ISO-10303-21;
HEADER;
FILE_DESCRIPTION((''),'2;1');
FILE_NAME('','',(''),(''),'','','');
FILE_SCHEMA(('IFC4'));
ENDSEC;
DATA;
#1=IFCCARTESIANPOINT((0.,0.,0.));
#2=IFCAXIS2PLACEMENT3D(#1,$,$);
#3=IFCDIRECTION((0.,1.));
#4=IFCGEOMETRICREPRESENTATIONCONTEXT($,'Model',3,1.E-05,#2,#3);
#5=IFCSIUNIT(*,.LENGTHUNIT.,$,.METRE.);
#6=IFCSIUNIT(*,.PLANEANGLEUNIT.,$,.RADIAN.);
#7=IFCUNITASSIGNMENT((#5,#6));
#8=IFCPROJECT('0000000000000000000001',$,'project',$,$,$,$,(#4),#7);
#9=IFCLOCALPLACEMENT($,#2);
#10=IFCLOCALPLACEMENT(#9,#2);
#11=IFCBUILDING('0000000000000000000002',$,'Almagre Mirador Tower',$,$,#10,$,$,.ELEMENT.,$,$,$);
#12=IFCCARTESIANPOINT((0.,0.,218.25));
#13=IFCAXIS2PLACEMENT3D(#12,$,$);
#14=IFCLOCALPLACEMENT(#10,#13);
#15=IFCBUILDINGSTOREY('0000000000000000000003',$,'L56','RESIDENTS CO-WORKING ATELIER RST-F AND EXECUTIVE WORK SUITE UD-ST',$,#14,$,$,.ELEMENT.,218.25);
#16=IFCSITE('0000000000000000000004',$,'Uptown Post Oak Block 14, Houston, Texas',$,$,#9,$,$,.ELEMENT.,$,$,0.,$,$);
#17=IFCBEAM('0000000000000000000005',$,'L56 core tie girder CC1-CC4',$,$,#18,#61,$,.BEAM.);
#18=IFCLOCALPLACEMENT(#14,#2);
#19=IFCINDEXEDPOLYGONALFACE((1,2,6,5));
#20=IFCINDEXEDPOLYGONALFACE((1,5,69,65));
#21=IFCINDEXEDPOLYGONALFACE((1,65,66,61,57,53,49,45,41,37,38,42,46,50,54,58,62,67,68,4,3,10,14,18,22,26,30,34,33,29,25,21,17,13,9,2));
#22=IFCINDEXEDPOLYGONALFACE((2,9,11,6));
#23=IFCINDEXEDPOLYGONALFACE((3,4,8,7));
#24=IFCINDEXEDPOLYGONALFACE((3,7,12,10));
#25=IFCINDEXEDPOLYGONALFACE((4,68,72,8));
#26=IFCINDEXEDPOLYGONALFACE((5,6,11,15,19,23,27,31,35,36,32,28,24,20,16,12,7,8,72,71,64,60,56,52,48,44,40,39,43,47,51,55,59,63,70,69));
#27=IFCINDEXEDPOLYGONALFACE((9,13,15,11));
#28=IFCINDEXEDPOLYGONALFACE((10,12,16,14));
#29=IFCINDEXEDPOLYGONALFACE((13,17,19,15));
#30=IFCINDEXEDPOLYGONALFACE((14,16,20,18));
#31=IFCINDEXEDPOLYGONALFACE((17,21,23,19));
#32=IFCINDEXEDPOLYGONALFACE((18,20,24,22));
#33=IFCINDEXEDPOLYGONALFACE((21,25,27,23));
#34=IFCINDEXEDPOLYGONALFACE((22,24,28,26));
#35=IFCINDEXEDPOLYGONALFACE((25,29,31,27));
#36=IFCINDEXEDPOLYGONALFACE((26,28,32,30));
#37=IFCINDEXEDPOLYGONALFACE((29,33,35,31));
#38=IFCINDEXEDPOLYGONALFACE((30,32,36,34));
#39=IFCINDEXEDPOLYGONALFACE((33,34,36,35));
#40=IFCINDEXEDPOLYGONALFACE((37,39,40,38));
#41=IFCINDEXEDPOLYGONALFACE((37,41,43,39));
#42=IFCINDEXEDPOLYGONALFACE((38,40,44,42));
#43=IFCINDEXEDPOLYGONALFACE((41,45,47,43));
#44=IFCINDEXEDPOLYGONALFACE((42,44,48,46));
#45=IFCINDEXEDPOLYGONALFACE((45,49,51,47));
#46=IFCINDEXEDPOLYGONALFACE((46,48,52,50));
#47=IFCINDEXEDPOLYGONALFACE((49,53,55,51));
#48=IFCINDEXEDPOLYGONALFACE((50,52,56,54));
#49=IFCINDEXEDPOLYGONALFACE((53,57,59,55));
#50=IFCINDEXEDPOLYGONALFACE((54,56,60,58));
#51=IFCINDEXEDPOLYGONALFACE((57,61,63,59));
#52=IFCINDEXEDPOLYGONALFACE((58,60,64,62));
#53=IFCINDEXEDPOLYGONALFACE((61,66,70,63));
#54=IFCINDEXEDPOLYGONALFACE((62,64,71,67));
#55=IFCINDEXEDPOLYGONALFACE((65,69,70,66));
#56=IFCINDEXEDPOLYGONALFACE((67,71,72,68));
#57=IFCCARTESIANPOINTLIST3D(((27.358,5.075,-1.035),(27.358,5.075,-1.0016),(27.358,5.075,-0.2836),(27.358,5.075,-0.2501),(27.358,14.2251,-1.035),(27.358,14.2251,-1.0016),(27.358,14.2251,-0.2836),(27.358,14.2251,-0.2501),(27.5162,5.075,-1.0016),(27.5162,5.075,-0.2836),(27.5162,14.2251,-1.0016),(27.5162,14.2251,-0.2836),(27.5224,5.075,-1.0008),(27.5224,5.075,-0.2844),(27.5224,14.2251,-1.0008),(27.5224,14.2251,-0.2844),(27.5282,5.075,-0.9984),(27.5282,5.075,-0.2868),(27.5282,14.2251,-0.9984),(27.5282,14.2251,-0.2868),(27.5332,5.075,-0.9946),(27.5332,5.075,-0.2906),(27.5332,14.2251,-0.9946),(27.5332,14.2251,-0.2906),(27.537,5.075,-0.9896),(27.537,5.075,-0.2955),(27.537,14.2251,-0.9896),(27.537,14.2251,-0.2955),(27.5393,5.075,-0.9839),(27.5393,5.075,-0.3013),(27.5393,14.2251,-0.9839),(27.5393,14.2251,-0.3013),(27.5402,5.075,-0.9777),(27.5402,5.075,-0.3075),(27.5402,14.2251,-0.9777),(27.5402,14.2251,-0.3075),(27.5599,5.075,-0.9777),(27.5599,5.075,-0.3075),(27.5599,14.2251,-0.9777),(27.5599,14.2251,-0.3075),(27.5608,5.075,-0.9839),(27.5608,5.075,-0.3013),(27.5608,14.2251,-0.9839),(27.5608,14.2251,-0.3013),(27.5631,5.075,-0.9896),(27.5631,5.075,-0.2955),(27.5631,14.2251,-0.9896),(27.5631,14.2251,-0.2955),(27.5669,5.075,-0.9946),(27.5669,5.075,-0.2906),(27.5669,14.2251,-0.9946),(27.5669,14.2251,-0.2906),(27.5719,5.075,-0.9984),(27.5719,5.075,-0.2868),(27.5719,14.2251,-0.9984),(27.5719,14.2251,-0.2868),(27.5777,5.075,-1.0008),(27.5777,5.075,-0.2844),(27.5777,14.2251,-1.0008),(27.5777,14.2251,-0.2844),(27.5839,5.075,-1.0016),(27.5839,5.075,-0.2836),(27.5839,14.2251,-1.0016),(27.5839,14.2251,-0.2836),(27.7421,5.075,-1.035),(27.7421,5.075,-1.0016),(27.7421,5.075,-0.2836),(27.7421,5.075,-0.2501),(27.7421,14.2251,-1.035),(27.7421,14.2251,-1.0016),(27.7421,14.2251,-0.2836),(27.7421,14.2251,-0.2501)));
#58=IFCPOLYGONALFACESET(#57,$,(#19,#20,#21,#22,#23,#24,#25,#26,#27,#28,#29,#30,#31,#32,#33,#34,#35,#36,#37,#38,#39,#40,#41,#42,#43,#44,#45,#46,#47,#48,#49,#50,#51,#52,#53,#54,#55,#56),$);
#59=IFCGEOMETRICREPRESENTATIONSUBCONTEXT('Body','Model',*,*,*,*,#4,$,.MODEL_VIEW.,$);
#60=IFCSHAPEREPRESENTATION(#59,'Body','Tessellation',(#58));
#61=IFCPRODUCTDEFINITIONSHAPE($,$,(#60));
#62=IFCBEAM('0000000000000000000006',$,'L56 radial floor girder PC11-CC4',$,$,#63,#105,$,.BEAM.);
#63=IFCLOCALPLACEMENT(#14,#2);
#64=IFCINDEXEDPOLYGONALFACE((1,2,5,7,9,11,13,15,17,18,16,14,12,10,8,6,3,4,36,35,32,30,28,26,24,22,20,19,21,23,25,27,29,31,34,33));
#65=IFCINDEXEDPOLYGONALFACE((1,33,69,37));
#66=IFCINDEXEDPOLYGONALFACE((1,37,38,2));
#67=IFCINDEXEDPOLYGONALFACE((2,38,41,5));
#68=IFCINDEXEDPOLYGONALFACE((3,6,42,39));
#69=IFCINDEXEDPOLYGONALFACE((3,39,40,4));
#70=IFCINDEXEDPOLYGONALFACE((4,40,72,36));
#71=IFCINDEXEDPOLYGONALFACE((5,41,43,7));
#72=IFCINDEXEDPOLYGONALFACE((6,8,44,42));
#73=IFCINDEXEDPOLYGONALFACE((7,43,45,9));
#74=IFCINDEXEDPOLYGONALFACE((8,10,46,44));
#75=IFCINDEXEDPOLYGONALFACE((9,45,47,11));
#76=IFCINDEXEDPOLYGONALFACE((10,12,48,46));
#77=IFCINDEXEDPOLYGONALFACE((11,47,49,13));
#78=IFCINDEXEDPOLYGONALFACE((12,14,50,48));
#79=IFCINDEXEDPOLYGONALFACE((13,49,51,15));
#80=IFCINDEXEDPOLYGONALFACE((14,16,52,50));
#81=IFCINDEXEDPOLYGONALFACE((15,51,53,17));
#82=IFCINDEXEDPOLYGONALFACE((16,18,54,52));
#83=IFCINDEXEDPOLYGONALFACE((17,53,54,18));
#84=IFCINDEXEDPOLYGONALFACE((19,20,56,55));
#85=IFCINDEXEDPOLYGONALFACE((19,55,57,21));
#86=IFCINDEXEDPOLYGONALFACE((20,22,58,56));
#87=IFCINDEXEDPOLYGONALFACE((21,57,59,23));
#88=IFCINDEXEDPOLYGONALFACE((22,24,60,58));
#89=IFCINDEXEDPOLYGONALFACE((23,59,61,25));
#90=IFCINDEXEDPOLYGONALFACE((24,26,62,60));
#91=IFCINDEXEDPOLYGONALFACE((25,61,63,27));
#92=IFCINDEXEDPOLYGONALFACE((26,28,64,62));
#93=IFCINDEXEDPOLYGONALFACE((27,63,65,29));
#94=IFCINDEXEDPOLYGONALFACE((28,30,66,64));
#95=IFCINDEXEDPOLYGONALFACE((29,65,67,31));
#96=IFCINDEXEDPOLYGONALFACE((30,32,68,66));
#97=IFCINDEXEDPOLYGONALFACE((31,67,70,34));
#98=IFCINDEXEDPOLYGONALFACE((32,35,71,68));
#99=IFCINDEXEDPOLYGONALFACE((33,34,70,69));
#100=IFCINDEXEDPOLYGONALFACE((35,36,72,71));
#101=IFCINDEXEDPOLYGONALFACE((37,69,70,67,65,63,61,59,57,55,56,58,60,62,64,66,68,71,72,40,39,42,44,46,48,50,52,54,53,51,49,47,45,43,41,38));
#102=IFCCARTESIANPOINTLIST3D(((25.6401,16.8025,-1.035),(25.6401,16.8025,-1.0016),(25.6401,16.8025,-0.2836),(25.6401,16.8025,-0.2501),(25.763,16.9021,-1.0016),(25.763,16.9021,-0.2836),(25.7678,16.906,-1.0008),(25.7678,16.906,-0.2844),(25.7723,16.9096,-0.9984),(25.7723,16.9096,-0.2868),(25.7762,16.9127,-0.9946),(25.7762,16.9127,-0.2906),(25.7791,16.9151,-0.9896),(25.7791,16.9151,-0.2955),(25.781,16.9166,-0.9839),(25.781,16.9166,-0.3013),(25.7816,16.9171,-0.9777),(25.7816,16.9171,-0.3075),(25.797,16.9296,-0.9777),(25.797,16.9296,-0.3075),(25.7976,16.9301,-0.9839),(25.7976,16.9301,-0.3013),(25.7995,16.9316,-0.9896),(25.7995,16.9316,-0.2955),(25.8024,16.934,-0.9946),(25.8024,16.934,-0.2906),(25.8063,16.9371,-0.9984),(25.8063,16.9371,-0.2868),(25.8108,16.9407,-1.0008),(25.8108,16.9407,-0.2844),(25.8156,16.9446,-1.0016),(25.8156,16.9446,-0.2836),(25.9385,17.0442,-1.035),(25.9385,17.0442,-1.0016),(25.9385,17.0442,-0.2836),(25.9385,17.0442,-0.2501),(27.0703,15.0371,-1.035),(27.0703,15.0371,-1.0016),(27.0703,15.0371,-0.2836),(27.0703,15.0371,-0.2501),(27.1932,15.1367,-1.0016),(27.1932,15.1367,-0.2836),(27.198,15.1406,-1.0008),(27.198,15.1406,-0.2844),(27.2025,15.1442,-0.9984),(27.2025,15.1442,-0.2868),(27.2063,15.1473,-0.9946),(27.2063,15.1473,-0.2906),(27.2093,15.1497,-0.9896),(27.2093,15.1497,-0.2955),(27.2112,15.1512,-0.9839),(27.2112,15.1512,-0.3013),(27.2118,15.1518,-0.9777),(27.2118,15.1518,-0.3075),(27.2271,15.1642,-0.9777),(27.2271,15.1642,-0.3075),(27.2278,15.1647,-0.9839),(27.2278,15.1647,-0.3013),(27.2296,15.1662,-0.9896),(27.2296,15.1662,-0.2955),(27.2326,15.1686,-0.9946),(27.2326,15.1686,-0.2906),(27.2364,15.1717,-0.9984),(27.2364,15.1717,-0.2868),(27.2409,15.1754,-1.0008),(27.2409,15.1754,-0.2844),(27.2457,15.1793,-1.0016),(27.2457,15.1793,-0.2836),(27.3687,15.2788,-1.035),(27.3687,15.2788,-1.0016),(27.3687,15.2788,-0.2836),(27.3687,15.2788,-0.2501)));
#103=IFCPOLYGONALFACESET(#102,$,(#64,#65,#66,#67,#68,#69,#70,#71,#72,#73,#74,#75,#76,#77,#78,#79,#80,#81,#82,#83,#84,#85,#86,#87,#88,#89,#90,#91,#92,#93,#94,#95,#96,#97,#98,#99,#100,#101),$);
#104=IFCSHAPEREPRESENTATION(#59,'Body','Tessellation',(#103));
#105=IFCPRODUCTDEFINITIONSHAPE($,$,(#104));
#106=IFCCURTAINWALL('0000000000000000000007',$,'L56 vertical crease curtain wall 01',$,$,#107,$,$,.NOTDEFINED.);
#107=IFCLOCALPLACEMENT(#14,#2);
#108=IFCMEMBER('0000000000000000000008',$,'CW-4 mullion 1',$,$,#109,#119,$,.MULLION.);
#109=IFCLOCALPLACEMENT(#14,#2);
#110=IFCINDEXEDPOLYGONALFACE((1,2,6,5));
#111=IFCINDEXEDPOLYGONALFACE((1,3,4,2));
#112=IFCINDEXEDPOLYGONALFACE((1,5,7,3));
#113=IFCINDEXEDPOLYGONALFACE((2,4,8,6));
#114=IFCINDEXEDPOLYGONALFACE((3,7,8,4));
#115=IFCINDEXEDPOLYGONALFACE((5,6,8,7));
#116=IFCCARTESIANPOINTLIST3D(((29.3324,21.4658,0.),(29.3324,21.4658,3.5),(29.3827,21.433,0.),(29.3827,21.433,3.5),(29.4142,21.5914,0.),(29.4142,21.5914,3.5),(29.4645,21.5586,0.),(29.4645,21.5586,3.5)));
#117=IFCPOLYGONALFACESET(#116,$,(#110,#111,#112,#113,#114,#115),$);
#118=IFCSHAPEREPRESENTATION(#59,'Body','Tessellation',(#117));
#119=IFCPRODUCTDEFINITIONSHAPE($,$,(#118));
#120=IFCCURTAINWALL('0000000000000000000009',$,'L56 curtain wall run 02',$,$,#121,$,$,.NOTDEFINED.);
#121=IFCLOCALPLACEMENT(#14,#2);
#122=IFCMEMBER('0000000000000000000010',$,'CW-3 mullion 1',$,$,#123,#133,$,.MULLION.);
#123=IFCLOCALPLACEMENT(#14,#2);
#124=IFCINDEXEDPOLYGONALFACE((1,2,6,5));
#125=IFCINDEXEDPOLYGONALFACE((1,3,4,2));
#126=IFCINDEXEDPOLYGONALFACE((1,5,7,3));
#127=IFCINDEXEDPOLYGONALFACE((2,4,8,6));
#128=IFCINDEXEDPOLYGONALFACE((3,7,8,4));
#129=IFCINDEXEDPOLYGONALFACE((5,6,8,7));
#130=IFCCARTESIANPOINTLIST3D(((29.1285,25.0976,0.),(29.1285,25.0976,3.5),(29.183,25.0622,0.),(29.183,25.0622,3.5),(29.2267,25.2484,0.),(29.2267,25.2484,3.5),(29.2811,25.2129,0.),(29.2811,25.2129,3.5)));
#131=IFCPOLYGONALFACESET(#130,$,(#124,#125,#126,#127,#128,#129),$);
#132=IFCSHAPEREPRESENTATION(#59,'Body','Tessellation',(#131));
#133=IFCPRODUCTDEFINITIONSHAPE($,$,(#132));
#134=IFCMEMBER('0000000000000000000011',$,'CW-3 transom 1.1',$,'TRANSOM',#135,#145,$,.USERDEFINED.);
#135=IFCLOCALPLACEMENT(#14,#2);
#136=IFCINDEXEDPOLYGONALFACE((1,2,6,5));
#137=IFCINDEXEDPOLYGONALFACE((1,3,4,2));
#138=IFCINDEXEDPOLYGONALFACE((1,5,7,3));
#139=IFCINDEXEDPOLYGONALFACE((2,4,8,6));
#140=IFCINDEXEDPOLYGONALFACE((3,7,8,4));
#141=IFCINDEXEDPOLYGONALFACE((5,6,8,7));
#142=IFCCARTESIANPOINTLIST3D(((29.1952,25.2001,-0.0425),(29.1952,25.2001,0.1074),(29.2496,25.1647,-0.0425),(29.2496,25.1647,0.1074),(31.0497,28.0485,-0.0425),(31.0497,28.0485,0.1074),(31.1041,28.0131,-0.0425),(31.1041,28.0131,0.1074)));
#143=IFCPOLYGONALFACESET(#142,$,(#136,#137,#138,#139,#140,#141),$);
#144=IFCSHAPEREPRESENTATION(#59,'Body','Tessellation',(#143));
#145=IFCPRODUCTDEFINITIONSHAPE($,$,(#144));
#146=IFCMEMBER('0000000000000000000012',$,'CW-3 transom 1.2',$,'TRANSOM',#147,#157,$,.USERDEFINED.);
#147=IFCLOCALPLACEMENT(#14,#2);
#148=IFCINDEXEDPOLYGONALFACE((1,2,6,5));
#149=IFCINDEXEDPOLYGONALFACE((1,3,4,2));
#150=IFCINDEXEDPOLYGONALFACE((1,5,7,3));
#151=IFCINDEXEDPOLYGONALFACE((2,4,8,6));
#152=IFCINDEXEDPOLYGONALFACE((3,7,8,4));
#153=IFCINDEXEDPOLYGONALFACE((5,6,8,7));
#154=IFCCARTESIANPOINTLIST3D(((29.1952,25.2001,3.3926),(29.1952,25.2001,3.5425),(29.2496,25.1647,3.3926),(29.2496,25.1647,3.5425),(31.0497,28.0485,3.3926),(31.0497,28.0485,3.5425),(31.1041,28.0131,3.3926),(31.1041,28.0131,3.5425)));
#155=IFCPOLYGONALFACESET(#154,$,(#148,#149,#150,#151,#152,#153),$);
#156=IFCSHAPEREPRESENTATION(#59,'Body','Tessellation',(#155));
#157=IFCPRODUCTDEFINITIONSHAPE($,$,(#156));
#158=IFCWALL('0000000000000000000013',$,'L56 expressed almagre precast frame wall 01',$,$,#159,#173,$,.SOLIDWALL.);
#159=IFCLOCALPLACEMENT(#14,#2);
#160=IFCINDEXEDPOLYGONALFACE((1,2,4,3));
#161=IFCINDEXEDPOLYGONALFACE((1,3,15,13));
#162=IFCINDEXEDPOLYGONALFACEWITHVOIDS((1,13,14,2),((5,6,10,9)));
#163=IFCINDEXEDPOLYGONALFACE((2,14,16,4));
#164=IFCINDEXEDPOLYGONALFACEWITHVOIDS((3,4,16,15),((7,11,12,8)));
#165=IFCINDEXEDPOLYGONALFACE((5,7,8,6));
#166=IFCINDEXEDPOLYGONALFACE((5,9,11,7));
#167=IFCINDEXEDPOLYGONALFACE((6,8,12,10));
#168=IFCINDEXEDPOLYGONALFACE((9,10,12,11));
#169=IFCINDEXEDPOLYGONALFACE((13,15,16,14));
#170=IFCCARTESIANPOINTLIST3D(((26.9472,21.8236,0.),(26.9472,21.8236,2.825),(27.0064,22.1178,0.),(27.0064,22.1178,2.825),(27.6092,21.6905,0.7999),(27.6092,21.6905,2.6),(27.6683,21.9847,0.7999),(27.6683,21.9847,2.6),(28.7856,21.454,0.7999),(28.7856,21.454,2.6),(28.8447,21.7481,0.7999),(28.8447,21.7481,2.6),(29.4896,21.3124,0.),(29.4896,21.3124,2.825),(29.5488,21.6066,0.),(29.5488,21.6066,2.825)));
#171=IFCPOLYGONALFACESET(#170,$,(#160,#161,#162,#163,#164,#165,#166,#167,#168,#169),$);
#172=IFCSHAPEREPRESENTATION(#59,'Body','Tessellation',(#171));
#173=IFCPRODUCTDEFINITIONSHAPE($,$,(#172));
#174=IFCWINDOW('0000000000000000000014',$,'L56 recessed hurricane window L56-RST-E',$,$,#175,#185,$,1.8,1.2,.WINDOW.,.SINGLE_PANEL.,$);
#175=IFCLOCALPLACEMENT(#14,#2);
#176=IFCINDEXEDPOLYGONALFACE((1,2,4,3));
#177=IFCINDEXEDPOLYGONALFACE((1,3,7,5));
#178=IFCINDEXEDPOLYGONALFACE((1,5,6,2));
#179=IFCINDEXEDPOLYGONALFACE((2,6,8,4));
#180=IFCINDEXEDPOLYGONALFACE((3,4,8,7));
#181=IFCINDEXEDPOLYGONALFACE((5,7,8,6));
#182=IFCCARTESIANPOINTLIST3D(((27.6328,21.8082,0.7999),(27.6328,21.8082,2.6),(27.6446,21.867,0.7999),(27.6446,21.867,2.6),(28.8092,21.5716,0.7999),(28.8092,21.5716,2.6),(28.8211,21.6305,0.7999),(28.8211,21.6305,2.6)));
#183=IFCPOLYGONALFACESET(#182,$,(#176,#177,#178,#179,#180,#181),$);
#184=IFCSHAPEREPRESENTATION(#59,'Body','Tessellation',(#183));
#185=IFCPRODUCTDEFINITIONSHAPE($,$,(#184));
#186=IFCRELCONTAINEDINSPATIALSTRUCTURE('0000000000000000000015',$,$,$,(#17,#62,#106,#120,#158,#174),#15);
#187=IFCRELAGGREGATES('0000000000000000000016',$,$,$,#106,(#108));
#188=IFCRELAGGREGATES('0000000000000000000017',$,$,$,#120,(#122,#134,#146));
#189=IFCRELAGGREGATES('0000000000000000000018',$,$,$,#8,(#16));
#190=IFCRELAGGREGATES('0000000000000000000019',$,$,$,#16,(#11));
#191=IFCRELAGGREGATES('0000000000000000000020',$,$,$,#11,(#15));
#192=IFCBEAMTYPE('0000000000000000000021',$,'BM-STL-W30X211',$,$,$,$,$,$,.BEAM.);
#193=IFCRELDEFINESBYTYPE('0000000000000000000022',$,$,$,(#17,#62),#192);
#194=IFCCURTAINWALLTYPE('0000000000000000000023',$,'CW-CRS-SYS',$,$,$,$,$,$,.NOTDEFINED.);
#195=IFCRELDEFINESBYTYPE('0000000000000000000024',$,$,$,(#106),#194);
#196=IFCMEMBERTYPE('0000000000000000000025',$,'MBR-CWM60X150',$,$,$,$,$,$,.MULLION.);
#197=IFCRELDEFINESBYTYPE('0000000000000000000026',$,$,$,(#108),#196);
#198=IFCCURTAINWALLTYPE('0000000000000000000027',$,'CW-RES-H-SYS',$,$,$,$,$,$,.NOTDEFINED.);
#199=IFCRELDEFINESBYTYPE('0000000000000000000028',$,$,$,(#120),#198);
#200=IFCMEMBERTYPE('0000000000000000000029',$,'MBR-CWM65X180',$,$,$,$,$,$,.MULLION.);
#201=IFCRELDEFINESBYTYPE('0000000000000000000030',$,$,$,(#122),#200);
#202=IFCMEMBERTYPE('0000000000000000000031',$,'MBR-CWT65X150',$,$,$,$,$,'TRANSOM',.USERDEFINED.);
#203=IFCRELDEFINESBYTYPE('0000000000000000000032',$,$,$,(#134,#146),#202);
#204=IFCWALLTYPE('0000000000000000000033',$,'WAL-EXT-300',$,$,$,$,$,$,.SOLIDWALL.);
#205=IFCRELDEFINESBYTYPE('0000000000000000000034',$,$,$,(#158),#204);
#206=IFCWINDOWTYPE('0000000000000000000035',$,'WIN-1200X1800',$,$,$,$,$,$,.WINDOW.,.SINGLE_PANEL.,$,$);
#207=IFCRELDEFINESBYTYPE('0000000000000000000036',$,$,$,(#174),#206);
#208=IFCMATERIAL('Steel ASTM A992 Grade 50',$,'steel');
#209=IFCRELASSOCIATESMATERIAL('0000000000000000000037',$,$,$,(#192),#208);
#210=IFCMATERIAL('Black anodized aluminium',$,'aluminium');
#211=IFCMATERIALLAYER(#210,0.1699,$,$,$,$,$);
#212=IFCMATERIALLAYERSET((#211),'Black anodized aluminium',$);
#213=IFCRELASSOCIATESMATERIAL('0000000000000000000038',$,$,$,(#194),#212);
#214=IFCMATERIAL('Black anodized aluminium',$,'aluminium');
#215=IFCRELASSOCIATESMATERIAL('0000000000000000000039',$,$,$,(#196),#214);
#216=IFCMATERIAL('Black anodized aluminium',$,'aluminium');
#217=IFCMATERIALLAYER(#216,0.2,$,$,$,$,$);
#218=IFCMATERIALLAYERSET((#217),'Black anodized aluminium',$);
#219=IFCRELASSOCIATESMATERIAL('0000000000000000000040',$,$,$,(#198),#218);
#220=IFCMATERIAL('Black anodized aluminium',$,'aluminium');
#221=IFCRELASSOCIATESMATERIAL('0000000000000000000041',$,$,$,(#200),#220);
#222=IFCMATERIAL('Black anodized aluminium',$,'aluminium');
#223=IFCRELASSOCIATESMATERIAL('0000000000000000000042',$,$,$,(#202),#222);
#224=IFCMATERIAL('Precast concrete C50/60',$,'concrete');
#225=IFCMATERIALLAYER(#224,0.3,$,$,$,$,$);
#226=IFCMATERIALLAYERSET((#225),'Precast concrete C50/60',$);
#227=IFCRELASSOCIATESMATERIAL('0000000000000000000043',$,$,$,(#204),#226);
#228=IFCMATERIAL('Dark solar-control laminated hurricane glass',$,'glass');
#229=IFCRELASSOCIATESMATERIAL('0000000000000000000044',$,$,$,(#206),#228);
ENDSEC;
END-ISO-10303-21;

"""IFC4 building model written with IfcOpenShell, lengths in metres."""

from ifc_helpers import new_model, si_unit, direction, frame, frame_2d, origin, origin_2d, place, context, subcontext, project, spatial, rectangle, i_section, extrude, material, layer, layer_set, material_profile, profile_set, type_object, element, fill, aggregate, save


model = new_model("IFC4")

# Units and contexts
model_context = context("Model", 3, precision=1e-05, world=origin(), true_north=direction((0.0, 1.0)))
body_context = subcontext(model_context, "Body", "Model", "MODEL_VIEW")
ifc_project = project(units=[si_unit("LENGTHUNIT", "METRE"), si_unit("PLANEANGLEUNIT", "RADIAN")], contexts=[model_context])

# Site, building, storey
site_placement = place(None, origin())
site = spatial("IfcSite", under=ifc_project, at=site_placement, Name="Uptown Post Oak Block 14, Houston, Texas", CompositionType="ELEMENT", RefElevation=0.0)
building_placement = place(site_placement, origin())
building = spatial("IfcBuilding", under=site, at=building_placement, Name="Almagre Mirador Tower", CompositionType="ELEMENT")
storey_placement = place(building_placement, frame((0.0, 0.0, 218.25)))
storey = spatial("IfcBuildingStorey", under=building, at=storey_placement, Name="L56", Description="RESIDENTS CO-WORKING ATELIER RST-F AND EXECUTIVE WORK SUITE UD-ST", CompositionType="ELEMENT", Elevation=218.25)

# Beams
ifc_material_1 = material(Name="Steel ASTM A992 Grade 50", Category="steel")
ifc_material_profile_1 = material_profile(ifc_material_1, i_section(OverallWidth=0.384, OverallDepth=0.7849, WebThickness=0.0198, FlangeThickness=0.0334, FilletRadius=0.0239, at=origin_2d()), Name="W30X211")
ifc_profile_set_1 = profile_set([ifc_material_profile_1], Name="Steel ASTM A992 Grade 50")
beam_type_1 = type_object("IfcBeamType", Name="BM-STL-W30X211", PredefinedType="BEAM", material=ifc_profile_set_1)
beam_1_placement = place(storey_placement, frame((27.55, 5.075, -0.6426), z_axis=(0.0, 1.0, 0.0), x_axis=(-1.0, 0.0, 0.0)))
element("IfcBeam", 1, at=beam_1_placement, inside=storey, type_object=beam_type_1, Name="L56 core tie girder CC1-CC4", PredefinedType="BEAM", context=body_context, shape_type="SweptSolid", body=[
    extrude(i_section(OverallWidth=0.384, OverallDepth=0.7849, WebThickness=0.0198, FlangeThickness=0.0334, FilletRadius=0.0239, at=origin_2d()), origin(), (0.0, 0.0, 1.0), 9.1501),
])
beam_2_placement = place(storey_placement, frame((25.7893, 16.9233, -0.6426), z_axis=(0.629479, -0.777017, 0.0), x_axis=(0.777017, 0.629479, 0.0)))
element("IfcBeam", 2, at=beam_2_placement, inside=storey, type_object=beam_type_1, Name="L56 radial floor girder PC11-CC4", PredefinedType="BEAM", context=body_context, shape_type="SweptSolid", body=[
    extrude(i_section(OverallWidth=0.384, OverallDepth=0.7849, WebThickness=0.0198, FlangeThickness=0.0334, FilletRadius=0.0239, at=origin_2d()), origin(), (0.0, 0.0, 1.0), 2.272),
])

# Curtain wall, member
ifc_material_2 = material(Name="Black anodized aluminium", Category="aluminium")
ifc_layer_1 = layer(ifc_material_2, 0.1699)
ifc_layer_set_1 = layer_set([ifc_layer_1], Name="Black anodized aluminium")
curtain_wall_type_1 = type_object("IfcCurtainWallType", Name="CW-CRS-SYS", PredefinedType="NOTDEFINED", material=ifc_layer_set_1)
curtain_wall_1_placement = place(storey_placement, origin())
curtain_wall_1 = element("IfcCurtainWall", 3, at=curtain_wall_1_placement, inside=storey, type_object=curtain_wall_type_1, Name="L56 vertical crease curtain wall 01", PredefinedType="NOTDEFINED")
ifc_material_3 = material(Name="Black anodized aluminium", Category="aluminium")
ifc_material_profile_2 = material_profile(ifc_material_3, rectangle(XDim=0.0601, YDim=0.1499, at=origin_2d()), Name="CWM60X150")
ifc_profile_set_2 = profile_set([ifc_material_profile_2], Name="Black anodized aluminium")
member_type_1 = type_object("IfcMemberType", Name="MBR-CWM60X150", PredefinedType="MULLION", material=ifc_profile_set_2)
member_1_placement = place(storey_placement, frame((29.3984, 21.5122, 0.0), z_axis=(0.0, 0.0, 1.0), x_axis=(-0.83782, 0.545947, 0.0)))
member_1 = element("IfcMember", 4, at=member_1_placement, type_object=member_type_1, Name="CW-4 mullion 1", PredefinedType="MULLION", context=body_context, shape_type="SweptSolid", body=[
    extrude(rectangle(XDim=0.0601, YDim=0.1499, at=origin_2d()), origin(), (0.0, 0.0, 1.0), 3.5),
])
aggregate(curtain_wall_1, [member_1])

# Curtain wall, members
ifc_material_4 = material(Name="Black anodized aluminium", Category="aluminium")
ifc_layer_2 = layer(ifc_material_4, 0.2)
ifc_layer_set_2 = layer_set([ifc_layer_2], Name="Black anodized aluminium")
curtain_wall_type_2 = type_object("IfcCurtainWallType", Name="CW-RES-H-SYS", PredefinedType="NOTDEFINED", material=ifc_layer_set_2)
curtain_wall_2_placement = place(storey_placement, origin())
curtain_wall_2 = element("IfcCurtainWall", 5, at=curtain_wall_2_placement, inside=storey, type_object=curtain_wall_type_2, Name="L56 curtain wall run 02", PredefinedType="NOTDEFINED")
ifc_material_5 = material(Name="Black anodized aluminium", Category="aluminium")
ifc_material_profile_3 = material_profile(ifc_material_5, rectangle(XDim=0.0649, YDim=0.1799, at=origin_2d()), Name="CWM65X180")
ifc_profile_set_3 = profile_set([ifc_material_profile_3], Name="Black anodized aluminium")
member_type_2 = type_object("IfcMemberType", Name="MBR-CWM65X180", PredefinedType="MULLION", material=ifc_profile_set_3)
member_2_placement = place(storey_placement, frame((29.2048, 25.1553, 0.0), z_axis=(0.0, 0.0, 1.0), x_axis=(-0.838019, 0.545642, 0.0)))
member_2 = element("IfcMember", 6, at=member_2_placement, type_object=member_type_2, Name="CW-3 mullion 1", PredefinedType="MULLION", context=body_context, shape_type="SweptSolid", body=[
    extrude(rectangle(XDim=0.0649, YDim=0.1799, at=origin_2d()), origin(), (0.0, 0.0, 1.0), 3.5),
])
ifc_material_6 = material(Name="Black anodized aluminium", Category="aluminium")
ifc_material_profile_4 = material_profile(ifc_material_6, rectangle(XDim=0.0649, YDim=0.1499, at=origin_2d()), Name="CWT65X150")
ifc_profile_set_4 = profile_set([ifc_material_profile_4], Name="Black anodized aluminium")
member_type_3 = type_object("IfcMemberType", Name="MBR-CWT65X150", ElementType="TRANSOM", PredefinedType="USERDEFINED", material=ifc_profile_set_4)
member_3_placement = place(storey_placement, frame((29.2224, 25.1824, 0.0325), z_axis=(0.545617, 0.838035, 0.0), x_axis=(-0.838035, 0.545617, 0.0)))
member_3 = element("IfcMember", 7, at=member_3_placement, type_object=member_type_3, Name="CW-3 transom 1.1", ObjectType="TRANSOM", PredefinedType="USERDEFINED", context=body_context, shape_type="SweptSolid", body=[
    extrude(rectangle(XDim=0.0649, YDim=0.1499, at=origin_2d()), origin(), (0.0, 0.0, 1.0), 3.3989),
])
member_4_placement = place(storey_placement, frame((29.2224, 25.1824, 3.4675), z_axis=(0.545617, 0.838035, 0.0), x_axis=(-0.838035, 0.545617, 0.0)))
member_4 = element("IfcMember", 8, at=member_4_placement, type_object=member_type_3, Name="CW-3 transom 1.2", ObjectType="TRANSOM", PredefinedType="USERDEFINED", context=body_context, shape_type="SweptSolid", body=[
    extrude(rectangle(XDim=0.0649, YDim=0.1499, at=origin_2d()), origin(), (0.0, 0.0, 1.0), 3.3989),
])
aggregate(curtain_wall_2, [member_2, member_3, member_4])

# Wall, opening, window
ifc_material_7 = material(Name="Precast concrete C50/60", Category="concrete")
ifc_layer_3 = layer(ifc_material_7, 0.3)
ifc_layer_set_3 = layer_set([ifc_layer_3], Name="Precast concrete C50/60")
wall_type_1 = type_object("IfcWallType", Name="WAL-EXT-300", PredefinedType="SOLIDWALL", material=ifc_layer_set_3)
wall_1_placement = place(storey_placement, frame((26.9768, 21.9707, 0.0), z_axis=(0.0, 0.0, 1.0), x_axis=(0.980377, -0.19713, 0.0)))
wall_1 = element("IfcWall", 9, at=wall_1_placement, inside=storey, type_object=wall_type_1, Name="L56 expressed almagre precast frame wall 01", PredefinedType="SOLIDWALL", context=body_context, shape_type="SweptSolid", body=[
    extrude(rectangle(XDim=2.5933, YDim=0.3, at=frame_2d((1.2966, 0.0))), origin(), (0.0, 0.0, 1.0), 2.825),
])
opening_1_placement = place(wall_1_placement, frame((0.675, 0.0, 0.8)))
opening_1 = element("IfcOpeningElement", 10, at=opening_1_placement, cuts=wall_1, PredefinedType="OPENING", context=body_context, shape_type="SweptSolid", body=[
    extrude(rectangle(XDim=1.2, YDim=1.8, at=frame_2d((0.6001, 0.8999))), frame((0.0, 0.1599, 0.0), z_axis=(0.0, -1.0, 0.0), x_axis=(1.0, 0.0, 0.0)), (0.0, 0.0, 1.0), 0.32),
])
ifc_material_8 = material(Name="Dark solar-control laminated hurricane glass", Category="glass")
window_type_1 = type_object("IfcWindowType", Name="WIN-1200X1800", PartitioningType="SINGLE_PANEL", PredefinedType="WINDOW", material=ifc_material_8)
window_1_placement = place(opening_1_placement, origin())
window_1 = element("IfcWindow", 11, at=window_1_placement, inside=storey, type_object=window_type_1, Name="L56 recessed hurricane window L56-RST-E", OverallHeight=1.8, OverallWidth=1.2, PartitioningType="SINGLE_PANEL", PredefinedType="WINDOW", context=body_context, shape_type="SweptSolid", body=[
    extrude(rectangle(XDim=1.2, YDim=1.8, at=frame_2d((0.6001, 0.8999))), frame((0.0, 0.03, 0.0), z_axis=(0.0, -1.0, 0.0), x_axis=(1.0, 0.0, 0.0)), (0.0, 0.0, 1.0), 0.0601),
])
fill(opening_1, window_1)

save(model, "model.ifc")
